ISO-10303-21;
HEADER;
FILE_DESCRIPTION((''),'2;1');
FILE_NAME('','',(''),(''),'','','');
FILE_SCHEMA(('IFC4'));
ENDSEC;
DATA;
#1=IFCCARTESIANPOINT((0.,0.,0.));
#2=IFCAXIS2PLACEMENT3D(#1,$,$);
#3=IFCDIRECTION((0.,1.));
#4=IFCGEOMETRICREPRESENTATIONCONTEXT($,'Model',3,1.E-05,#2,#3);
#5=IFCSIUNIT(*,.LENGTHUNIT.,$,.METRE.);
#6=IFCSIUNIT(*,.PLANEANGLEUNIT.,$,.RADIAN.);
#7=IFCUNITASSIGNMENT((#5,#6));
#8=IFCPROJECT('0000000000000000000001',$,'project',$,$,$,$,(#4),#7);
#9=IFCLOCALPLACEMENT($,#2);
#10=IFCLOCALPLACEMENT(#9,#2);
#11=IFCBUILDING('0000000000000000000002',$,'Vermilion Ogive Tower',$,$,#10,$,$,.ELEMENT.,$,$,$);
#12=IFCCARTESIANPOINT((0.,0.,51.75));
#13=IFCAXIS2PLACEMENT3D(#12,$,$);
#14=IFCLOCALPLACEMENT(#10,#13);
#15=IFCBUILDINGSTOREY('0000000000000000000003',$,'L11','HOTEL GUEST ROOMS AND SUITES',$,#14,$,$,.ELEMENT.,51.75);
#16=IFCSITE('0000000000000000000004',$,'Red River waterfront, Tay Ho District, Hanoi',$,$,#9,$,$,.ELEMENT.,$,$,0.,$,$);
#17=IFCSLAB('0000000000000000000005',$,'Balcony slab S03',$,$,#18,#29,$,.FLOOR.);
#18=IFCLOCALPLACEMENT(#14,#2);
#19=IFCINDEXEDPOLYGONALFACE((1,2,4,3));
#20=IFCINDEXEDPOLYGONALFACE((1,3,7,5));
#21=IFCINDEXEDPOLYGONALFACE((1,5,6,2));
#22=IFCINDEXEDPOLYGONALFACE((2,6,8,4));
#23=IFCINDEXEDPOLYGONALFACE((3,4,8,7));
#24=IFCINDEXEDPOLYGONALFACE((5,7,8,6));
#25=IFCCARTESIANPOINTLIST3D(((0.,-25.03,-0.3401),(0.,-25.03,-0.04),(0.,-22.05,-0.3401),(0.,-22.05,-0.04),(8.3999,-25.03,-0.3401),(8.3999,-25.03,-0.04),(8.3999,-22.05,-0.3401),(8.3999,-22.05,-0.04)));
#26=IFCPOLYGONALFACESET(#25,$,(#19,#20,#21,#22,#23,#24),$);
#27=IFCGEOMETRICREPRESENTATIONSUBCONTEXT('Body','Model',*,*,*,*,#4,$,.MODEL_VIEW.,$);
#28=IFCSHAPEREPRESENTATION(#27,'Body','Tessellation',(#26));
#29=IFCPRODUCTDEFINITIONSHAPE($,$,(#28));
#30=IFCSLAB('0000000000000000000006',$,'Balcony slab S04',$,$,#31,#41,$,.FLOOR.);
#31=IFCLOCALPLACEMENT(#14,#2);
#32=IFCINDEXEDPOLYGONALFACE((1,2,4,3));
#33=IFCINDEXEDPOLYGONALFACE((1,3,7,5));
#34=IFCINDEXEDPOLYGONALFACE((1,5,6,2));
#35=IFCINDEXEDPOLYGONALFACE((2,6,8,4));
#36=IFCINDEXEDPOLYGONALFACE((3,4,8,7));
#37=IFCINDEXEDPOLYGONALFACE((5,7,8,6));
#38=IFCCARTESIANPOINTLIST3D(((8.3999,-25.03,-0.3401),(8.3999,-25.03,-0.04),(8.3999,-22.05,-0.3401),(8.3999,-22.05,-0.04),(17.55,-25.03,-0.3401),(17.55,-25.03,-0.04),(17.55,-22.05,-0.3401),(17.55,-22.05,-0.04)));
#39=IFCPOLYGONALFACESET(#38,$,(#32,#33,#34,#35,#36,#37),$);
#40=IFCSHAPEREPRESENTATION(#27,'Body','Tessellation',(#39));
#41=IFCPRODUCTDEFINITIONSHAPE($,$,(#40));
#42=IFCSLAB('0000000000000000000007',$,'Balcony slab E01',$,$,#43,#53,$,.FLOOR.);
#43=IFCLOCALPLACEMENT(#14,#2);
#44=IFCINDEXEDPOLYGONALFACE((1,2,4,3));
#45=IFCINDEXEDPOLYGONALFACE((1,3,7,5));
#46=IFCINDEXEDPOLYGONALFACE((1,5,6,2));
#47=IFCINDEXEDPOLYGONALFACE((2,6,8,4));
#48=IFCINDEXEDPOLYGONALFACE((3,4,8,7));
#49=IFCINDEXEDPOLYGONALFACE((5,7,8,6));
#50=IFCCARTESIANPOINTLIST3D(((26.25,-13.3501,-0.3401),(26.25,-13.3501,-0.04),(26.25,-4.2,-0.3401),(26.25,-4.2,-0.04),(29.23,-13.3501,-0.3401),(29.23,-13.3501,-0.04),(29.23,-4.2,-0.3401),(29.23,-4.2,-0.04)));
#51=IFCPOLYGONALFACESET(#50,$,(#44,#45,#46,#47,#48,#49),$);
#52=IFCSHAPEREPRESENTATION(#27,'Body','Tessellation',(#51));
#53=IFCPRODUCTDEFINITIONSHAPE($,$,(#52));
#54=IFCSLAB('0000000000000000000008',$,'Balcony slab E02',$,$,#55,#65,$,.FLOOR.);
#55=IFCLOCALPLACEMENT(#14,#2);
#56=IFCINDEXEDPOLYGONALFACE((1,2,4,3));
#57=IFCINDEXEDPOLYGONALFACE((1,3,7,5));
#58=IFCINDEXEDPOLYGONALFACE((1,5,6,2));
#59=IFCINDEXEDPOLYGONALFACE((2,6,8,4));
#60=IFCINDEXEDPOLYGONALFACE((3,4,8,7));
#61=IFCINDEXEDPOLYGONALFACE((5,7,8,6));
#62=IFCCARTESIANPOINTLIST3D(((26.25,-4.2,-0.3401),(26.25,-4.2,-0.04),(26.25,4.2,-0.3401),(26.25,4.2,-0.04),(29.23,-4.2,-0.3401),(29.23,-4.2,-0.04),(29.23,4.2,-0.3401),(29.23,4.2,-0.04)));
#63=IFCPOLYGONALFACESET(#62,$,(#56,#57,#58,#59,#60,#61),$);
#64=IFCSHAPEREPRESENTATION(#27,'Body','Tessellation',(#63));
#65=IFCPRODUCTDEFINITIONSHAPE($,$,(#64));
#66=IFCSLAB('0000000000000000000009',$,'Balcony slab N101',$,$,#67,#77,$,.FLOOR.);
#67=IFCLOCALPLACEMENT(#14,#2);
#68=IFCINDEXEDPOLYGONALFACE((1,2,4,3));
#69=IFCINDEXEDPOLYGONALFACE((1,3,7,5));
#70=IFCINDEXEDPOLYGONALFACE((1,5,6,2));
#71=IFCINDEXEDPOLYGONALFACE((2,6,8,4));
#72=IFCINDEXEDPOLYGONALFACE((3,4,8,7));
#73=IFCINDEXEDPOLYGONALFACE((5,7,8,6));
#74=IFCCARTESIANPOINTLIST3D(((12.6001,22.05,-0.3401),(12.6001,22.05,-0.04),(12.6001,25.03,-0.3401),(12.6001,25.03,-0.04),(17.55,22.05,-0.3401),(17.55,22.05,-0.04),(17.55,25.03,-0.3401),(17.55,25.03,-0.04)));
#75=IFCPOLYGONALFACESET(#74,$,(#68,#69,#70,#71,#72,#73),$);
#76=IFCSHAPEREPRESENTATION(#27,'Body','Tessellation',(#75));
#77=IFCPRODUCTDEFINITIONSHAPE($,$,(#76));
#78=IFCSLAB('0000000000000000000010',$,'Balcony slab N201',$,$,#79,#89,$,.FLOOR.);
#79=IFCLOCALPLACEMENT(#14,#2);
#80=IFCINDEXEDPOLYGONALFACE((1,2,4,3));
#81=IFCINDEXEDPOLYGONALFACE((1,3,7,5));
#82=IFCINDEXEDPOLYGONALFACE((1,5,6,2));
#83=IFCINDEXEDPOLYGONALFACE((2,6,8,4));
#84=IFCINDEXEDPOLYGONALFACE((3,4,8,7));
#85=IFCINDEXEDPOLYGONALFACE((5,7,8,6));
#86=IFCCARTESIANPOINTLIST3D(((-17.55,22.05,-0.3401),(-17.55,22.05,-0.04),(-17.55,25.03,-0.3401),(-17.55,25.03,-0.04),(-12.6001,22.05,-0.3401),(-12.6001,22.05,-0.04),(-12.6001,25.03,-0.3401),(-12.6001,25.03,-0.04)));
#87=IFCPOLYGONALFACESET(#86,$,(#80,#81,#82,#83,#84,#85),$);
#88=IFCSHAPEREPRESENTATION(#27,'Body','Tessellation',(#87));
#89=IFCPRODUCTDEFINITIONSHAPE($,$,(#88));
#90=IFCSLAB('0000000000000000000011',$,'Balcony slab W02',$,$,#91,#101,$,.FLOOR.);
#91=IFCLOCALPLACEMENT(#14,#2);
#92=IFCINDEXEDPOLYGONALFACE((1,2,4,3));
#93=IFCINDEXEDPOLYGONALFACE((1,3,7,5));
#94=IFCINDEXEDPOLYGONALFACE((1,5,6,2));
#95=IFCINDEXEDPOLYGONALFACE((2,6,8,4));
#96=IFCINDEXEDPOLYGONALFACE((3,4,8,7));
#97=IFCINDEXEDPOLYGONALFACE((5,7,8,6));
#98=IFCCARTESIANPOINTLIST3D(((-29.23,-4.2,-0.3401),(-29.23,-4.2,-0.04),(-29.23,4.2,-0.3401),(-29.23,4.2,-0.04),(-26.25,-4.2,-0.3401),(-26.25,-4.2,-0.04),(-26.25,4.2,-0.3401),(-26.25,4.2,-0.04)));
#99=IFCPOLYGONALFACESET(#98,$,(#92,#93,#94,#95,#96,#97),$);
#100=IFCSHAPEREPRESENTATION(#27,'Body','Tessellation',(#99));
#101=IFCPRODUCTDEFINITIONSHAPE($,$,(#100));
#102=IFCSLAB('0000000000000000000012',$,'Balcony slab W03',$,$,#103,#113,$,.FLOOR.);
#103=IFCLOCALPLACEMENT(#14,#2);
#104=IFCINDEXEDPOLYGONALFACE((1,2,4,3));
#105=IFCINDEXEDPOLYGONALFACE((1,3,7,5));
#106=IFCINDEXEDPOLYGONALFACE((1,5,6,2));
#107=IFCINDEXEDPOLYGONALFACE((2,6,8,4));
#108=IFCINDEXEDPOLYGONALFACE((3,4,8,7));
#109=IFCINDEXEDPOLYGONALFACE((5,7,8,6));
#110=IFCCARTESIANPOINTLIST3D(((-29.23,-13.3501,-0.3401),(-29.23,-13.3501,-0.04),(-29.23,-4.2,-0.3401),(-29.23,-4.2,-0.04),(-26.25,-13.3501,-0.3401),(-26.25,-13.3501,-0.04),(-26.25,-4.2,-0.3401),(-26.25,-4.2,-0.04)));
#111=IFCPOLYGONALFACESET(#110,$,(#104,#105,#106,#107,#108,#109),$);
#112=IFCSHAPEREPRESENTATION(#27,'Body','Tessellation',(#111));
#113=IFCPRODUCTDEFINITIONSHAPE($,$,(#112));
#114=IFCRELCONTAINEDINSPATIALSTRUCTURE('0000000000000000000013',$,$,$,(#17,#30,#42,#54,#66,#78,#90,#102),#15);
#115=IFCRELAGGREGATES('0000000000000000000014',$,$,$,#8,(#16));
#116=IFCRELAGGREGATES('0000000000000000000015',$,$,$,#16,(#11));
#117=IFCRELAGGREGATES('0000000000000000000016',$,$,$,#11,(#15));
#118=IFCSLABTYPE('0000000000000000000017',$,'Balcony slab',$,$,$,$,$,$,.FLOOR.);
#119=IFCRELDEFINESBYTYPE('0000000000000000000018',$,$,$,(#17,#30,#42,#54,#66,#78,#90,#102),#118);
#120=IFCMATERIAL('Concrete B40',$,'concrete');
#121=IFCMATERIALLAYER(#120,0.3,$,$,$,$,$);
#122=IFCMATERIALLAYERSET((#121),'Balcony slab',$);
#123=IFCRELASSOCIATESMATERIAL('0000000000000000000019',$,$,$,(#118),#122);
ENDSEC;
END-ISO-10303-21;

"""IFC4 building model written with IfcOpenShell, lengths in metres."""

from ifc_helpers import new_model, si_unit, direction, frame, origin, place, context, subcontext, project, spatial, polyline, outline, extrude, material, layer, layer_set, type_object, element, save


model = new_model("IFC4")

# Units and contexts
model_context = context("Model", 3, precision=1e-05, world=origin(), true_north=direction((0.0, 1.0)))
body_context = subcontext(model_context, "Body", "Model", "MODEL_VIEW")
ifc_project = project(units=[si_unit("LENGTHUNIT", "METRE"), si_unit("PLANEANGLEUNIT", "RADIAN")], contexts=[model_context])

# Site, building, storey
site_placement = place(None, origin())
site = spatial("IfcSite", under=ifc_project, at=site_placement, Name="Red River waterfront, Tay Ho District, Hanoi", CompositionType="ELEMENT", RefElevation=0.0)
building_placement = place(site_placement, origin())
building = spatial("IfcBuilding", under=site, at=building_placement, Name="Vermilion Ogive Tower", CompositionType="ELEMENT")
storey_placement = place(building_placement, frame((0.0, 0.0, 51.75)))
storey = spatial("IfcBuildingStorey", under=building, at=storey_placement, Name="L11", Description="HOTEL GUEST ROOMS AND SUITES", CompositionType="ELEMENT", Elevation=51.75)

# Slabs
ifc_material_1 = material(Name="Concrete B40", Category="concrete")
ifc_layer_1 = layer(ifc_material_1, 0.3)
ifc_layer_set_1 = layer_set([ifc_layer_1], Name="Balcony slab")
slab_type_1 = type_object("IfcSlabType", Name="Balcony slab", PredefinedType="FLOOR", material=ifc_layer_set_1)
slab_1_placement = place(storey_placement, frame((0.0, 0.0, -0.3401)))
element("IfcSlab", 1, at=slab_1_placement, inside=storey, type_object=slab_type_1, Name="Balcony slab S03", PredefinedType="FLOOR", context=body_context, shape_type="SweptSolid", body=[
    extrude(outline(polyline([(0.0, -25.03), (8.3999, -25.03), (8.3999, -22.05), (0.0, -22.05), (0.0, -25.03)])), origin(), (0.0, 0.0, 1.0), 0.3),
])
slab_2_placement = place(storey_placement, frame((0.0, 0.0, -0.3401)))
element("IfcSlab", 2, at=slab_2_placement, inside=storey, type_object=slab_type_1, Name="Balcony slab S04", PredefinedType="FLOOR", context=body_context, shape_type="SweptSolid", body=[
    extrude(outline(polyline([(8.3999, -25.03), (17.55, -25.03), (17.55, -22.05), (8.3999, -22.05), (8.3999, -25.03)])), origin(), (0.0, 0.0, 1.0), 0.3),
])
slab_3_placement = place(storey_placement, frame((0.0, 0.0, -0.3401)))
element("IfcSlab", 3, at=slab_3_placement, inside=storey, type_object=slab_type_1, Name="Balcony slab E01", PredefinedType="FLOOR", context=body_context, shape_type="SweptSolid", body=[
    extrude(outline(polyline([(29.23, -13.3501), (29.23, -4.2), (26.25, -4.2), (26.25, -13.3501), (29.23, -13.3501)])), origin(), (0.0, 0.0, 1.0), 0.3),
])
slab_4_placement = place(storey_placement, frame((0.0, 0.0, -0.3401)))
element("IfcSlab", 4, at=slab_4_placement, inside=storey, type_object=slab_type_1, Name="Balcony slab E02", PredefinedType="FLOOR", context=body_context, shape_type="SweptSolid", body=[
    extrude(outline(polyline([(29.23, -4.2), (29.23, 4.2), (26.25, 4.2), (26.25, -4.2), (29.23, -4.2)])), origin(), (0.0, 0.0, 1.0), 0.3),
])
slab_5_placement = place(storey_placement, frame((0.0, 0.0, -0.3401)))
element("IfcSlab", 5, at=slab_5_placement, inside=storey, type_object=slab_type_1, Name="Balcony slab N101", PredefinedType="FLOOR", context=body_context, shape_type="SweptSolid", body=[
    extrude(outline(polyline([(17.55, 25.03), (12.6001, 25.03), (12.6001, 22.05), (17.55, 22.05), (17.55, 25.03)])), origin(), (0.0, 0.0, 1.0), 0.3),
])
slab_6_placement = place(storey_placement, frame((0.0, 0.0, -0.3401)))
element("IfcSlab", 6, at=slab_6_placement, inside=storey, type_object=slab_type_1, Name="Balcony slab N201", PredefinedType="FLOOR", context=body_context, shape_type="SweptSolid", body=[
    extrude(outline(polyline([(-12.6001, 25.03), (-17.55, 25.03), (-17.55, 22.05), (-12.6001, 22.05), (-12.6001, 25.03)])), origin(), (0.0, 0.0, 1.0), 0.3),
])
slab_7_placement = place(storey_placement, frame((0.0, 0.0, -0.3401)))
element("IfcSlab", 7, at=slab_7_placement, inside=storey, type_object=slab_type_1, Name="Balcony slab W02", PredefinedType="FLOOR", context=body_context, shape_type="SweptSolid", body=[
    extrude(outline(polyline([(-29.23, 4.2), (-29.23, -4.2), (-26.25, -4.2), (-26.25, 4.2), (-29.23, 4.2)])), origin(), (0.0, 0.0, 1.0), 0.3),
])
slab_8_placement = place(storey_placement, frame((0.0, 0.0, -0.3401)))
element("IfcSlab", 8, at=slab_8_placement, inside=storey, type_object=slab_type_1, Name="Balcony slab W03", PredefinedType="FLOOR", context=body_context, shape_type="SweptSolid", body=[
    extrude(outline(polyline([(-29.23, -4.2), (-29.23, -13.3501), (-26.25, -13.3501), (-26.25, -4.2), (-29.23, -4.2)])), origin(), (0.0, 0.0, 1.0), 0.3),
])

save(model, "model.ifc")
